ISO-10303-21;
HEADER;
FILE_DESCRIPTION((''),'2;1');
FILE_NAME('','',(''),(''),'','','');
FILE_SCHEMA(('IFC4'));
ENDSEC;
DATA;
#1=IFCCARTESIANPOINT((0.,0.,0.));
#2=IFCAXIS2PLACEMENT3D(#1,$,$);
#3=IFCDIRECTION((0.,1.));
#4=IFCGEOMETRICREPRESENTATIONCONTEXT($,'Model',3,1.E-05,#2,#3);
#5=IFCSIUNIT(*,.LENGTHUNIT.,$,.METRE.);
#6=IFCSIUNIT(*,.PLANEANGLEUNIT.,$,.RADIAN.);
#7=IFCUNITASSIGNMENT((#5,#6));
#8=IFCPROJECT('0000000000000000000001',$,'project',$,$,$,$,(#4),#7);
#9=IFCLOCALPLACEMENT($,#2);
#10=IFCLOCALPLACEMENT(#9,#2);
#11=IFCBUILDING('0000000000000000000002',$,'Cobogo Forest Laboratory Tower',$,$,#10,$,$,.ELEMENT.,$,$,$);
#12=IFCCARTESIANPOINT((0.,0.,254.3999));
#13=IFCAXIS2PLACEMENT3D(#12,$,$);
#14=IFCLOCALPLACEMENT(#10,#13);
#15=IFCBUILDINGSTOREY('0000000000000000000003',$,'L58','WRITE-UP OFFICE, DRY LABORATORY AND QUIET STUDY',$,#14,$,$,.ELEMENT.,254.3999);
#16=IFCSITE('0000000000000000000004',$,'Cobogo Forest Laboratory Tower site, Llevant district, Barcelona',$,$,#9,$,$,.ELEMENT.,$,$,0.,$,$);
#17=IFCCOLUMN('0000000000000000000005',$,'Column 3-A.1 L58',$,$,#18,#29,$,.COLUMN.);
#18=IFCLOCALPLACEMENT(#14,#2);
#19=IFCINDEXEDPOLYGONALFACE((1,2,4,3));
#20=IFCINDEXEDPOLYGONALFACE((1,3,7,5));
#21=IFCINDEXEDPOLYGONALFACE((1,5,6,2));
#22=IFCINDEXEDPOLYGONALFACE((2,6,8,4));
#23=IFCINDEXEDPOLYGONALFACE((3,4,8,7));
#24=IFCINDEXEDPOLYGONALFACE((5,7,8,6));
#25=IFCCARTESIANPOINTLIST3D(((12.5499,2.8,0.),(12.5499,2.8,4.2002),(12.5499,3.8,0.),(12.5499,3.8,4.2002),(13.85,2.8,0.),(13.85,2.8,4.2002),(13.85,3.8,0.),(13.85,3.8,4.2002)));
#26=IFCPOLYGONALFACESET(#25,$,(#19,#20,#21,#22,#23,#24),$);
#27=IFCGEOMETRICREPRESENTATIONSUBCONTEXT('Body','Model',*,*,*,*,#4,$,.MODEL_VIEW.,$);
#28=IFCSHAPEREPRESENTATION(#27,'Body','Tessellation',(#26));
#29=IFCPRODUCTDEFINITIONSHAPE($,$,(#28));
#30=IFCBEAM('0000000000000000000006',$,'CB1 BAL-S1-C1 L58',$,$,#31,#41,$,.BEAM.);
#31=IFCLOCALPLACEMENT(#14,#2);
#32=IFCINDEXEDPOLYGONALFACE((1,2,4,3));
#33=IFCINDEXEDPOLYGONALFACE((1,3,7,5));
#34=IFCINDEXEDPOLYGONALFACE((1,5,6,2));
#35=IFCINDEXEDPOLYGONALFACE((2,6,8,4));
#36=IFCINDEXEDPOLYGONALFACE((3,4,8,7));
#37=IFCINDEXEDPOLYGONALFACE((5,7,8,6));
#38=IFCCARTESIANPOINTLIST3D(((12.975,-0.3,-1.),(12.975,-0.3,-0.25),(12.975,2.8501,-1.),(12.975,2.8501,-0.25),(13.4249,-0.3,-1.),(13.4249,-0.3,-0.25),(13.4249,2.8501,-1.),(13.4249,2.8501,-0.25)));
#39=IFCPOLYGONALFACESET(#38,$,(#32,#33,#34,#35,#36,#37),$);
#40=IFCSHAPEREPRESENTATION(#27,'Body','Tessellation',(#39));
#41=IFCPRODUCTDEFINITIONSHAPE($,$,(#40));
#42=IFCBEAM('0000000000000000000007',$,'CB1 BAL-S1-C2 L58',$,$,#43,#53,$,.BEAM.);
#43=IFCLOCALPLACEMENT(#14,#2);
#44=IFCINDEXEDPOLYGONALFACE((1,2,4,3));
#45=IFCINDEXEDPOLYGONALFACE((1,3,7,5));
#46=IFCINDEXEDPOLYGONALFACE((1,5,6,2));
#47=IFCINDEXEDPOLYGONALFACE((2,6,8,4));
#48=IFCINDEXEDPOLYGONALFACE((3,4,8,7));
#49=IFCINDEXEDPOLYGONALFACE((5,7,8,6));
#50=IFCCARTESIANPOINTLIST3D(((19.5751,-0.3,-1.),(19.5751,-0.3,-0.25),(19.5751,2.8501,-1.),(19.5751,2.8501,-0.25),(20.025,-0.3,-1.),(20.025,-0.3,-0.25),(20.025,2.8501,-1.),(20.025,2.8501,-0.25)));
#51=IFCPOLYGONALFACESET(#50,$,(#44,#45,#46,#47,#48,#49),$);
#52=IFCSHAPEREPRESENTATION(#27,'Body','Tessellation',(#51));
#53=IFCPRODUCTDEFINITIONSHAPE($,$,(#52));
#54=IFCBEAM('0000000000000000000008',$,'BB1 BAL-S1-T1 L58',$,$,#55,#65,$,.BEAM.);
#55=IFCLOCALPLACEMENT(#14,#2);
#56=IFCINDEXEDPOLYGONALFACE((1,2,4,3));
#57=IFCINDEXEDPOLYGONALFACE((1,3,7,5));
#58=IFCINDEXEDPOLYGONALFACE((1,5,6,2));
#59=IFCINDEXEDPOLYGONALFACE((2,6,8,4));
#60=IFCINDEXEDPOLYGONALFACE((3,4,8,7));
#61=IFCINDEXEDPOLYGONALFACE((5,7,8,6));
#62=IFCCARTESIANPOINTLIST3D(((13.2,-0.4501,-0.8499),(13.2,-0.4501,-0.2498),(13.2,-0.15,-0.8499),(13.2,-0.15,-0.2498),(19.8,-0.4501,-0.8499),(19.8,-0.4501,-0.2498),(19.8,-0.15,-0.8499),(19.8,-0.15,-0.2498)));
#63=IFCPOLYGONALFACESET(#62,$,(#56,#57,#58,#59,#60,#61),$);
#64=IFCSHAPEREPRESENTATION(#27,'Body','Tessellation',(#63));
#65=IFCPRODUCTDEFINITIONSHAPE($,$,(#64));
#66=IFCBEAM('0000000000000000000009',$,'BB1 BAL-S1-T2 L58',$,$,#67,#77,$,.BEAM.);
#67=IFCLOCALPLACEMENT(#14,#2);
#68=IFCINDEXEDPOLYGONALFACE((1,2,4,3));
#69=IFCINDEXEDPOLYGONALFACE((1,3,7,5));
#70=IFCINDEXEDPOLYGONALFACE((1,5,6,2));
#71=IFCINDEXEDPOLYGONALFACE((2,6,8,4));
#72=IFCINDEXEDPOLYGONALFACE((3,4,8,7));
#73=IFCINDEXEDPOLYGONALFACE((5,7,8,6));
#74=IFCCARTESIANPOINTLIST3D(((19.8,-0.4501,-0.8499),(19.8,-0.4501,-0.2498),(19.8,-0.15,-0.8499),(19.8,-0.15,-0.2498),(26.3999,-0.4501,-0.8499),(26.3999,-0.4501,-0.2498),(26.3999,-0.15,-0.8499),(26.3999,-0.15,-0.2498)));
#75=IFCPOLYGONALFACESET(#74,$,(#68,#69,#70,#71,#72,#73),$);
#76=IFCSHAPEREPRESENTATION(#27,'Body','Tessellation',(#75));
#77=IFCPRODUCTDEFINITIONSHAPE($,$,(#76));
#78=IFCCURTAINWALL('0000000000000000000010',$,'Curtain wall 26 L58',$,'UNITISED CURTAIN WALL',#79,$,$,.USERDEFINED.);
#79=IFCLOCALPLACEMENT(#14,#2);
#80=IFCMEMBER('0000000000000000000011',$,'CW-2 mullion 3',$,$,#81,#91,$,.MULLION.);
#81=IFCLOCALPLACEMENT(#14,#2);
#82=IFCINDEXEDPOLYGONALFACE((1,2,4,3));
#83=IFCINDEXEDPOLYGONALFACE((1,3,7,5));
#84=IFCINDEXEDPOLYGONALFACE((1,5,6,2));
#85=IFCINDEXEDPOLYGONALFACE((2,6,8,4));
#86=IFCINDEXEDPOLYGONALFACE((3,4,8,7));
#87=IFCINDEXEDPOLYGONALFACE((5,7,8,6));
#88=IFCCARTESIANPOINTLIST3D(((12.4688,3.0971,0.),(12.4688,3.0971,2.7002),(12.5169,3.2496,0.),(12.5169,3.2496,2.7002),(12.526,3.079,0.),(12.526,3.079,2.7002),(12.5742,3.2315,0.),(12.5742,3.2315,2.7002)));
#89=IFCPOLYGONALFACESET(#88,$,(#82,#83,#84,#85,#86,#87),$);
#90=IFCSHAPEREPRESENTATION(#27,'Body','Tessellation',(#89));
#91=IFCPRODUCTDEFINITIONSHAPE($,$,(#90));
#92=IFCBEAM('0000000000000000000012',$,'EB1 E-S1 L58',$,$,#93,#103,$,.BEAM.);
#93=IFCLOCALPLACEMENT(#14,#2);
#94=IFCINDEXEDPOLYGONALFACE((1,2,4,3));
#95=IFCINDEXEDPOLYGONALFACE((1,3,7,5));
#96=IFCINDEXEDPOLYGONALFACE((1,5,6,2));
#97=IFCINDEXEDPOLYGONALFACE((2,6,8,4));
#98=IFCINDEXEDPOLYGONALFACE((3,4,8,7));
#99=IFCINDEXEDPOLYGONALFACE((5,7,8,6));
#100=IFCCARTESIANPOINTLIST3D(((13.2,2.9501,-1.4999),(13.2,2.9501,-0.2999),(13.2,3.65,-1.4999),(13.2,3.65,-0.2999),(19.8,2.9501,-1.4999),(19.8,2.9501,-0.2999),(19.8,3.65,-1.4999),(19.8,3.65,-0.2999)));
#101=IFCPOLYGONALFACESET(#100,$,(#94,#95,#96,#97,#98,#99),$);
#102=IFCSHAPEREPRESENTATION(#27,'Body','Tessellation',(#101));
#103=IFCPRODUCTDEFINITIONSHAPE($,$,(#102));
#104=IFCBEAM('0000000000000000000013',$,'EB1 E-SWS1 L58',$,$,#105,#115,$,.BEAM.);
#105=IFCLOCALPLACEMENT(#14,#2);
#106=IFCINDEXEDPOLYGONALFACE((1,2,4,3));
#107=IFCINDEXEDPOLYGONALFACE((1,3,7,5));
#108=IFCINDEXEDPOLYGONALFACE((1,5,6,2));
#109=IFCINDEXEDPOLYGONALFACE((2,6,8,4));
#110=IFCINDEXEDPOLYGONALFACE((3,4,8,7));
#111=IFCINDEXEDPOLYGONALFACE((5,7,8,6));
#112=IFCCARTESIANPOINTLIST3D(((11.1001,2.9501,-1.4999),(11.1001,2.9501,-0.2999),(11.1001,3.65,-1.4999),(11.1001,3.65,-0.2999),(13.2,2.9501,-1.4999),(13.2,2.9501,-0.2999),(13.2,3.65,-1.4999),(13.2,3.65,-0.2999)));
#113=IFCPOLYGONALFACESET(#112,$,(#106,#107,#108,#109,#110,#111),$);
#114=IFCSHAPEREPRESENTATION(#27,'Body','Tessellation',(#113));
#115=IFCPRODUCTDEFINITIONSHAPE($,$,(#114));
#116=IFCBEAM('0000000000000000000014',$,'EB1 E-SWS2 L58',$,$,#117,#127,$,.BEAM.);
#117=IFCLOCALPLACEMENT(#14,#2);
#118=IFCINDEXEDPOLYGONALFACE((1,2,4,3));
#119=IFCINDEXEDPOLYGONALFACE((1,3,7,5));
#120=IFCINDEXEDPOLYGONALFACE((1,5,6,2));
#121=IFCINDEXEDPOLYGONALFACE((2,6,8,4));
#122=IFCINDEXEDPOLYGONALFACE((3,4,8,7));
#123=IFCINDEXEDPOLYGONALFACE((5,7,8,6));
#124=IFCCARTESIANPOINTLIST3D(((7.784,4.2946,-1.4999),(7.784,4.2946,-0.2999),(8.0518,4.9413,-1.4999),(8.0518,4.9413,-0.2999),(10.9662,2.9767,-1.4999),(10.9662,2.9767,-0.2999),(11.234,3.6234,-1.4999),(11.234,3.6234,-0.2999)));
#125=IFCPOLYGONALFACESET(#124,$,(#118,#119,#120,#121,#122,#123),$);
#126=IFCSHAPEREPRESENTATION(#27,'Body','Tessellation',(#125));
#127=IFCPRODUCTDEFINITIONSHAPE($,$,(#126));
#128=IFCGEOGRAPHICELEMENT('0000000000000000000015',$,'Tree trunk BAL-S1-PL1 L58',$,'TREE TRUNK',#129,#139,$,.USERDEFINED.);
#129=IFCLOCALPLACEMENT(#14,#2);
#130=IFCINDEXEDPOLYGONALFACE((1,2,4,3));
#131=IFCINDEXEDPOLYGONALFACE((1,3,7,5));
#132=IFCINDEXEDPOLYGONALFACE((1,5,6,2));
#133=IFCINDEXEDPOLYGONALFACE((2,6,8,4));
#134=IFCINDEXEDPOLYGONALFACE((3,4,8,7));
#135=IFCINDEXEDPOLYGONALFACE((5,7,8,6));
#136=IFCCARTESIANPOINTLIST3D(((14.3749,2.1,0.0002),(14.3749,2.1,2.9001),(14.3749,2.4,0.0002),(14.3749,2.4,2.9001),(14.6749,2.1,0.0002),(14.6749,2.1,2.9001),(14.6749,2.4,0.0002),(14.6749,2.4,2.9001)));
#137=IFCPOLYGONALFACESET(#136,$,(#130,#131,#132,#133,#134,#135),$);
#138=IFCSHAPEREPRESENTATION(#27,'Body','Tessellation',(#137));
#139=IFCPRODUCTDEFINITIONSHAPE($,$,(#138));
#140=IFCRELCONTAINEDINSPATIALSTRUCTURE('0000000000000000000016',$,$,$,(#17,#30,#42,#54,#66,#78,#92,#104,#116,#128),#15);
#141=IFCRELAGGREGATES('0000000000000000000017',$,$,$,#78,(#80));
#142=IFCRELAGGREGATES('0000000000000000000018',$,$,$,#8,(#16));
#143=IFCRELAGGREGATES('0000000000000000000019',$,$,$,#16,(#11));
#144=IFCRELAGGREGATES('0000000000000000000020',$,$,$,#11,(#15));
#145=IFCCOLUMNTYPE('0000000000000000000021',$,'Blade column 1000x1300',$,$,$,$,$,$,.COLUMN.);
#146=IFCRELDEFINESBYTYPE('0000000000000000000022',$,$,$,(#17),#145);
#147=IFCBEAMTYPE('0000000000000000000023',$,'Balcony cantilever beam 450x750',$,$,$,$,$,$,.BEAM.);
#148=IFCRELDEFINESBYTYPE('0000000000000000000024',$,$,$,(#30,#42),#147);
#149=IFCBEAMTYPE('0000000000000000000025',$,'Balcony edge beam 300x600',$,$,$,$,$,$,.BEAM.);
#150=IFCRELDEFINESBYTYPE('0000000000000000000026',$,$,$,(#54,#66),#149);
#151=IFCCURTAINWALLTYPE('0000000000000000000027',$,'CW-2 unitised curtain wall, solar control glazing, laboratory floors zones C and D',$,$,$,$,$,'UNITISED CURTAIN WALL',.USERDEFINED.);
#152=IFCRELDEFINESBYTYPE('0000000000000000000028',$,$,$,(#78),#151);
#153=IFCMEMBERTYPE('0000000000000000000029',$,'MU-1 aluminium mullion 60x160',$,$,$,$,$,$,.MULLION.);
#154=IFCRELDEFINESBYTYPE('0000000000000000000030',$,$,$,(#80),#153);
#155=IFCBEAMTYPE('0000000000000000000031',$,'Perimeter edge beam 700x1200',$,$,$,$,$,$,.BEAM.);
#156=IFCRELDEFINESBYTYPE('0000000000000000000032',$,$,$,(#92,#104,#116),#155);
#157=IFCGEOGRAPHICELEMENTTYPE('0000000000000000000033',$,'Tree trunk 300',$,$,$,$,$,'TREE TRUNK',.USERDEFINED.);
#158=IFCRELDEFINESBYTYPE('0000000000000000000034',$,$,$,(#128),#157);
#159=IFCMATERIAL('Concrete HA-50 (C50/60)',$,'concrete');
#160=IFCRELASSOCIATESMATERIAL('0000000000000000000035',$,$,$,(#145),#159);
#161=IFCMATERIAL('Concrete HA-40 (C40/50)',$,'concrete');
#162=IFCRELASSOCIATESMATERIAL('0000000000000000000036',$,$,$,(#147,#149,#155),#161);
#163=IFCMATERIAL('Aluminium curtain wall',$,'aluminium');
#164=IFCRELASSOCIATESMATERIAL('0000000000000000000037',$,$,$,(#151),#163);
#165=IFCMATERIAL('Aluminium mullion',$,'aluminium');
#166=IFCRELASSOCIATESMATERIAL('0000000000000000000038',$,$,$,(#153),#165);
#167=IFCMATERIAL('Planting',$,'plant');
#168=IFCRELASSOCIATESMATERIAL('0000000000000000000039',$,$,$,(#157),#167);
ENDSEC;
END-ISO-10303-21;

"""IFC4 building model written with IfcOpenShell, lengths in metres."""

from ifc_helpers import new_model, si_unit, direction, frame, origin, origin_2d, place, context, subcontext, project, spatial, rectangle, extrude, material, material_profile, profile_set, type_object, element, aggregate, save


model = new_model("IFC4")

# Units and contexts
model_context = context("Model", 3, precision=1e-05, world=origin(), true_north=direction((0.0, 1.0)))
body_context = subcontext(model_context, "Body", "Model", "MODEL_VIEW")
ifc_project = project(units=[si_unit("LENGTHUNIT", "METRE"), si_unit("PLANEANGLEUNIT", "RADIAN")], contexts=[model_context])

# Site, building, storey
site_placement = place(None, origin())
site = spatial("IfcSite", under=ifc_project, at=site_placement, Name="Cobogo Forest Laboratory Tower site, Llevant district, Barcelona", CompositionType="ELEMENT", RefElevation=0.0)
building_placement = place(site_placement, origin())
building = spatial("IfcBuilding", under=site, at=building_placement, Name="Cobogo Forest Laboratory Tower", CompositionType="ELEMENT")
storey_placement = place(building_placement, frame((0.0, 0.0, 254.3999)))
storey = spatial("IfcBuildingStorey", under=building, at=storey_placement, Name="L58", Description="WRITE-UP OFFICE, DRY LABORATORY AND QUIET STUDY", CompositionType="ELEMENT", Elevation=254.3999)

# Column
ifc_material_1 = material(Name="Concrete HA-50 (C50/60)", Category="concrete")
ifc_material_profile_1 = material_profile(ifc_material_1, rectangle(XDim=1.3, YDim=1.0, at=origin_2d()), Name="RC 1000x1300")
ifc_profile_set_1 = profile_set([ifc_material_profile_1], Name="Concrete HA-50 (C50/60)")
column_type = type_object("IfcColumnType", Name="Blade column 1000x1300", PredefinedType="COLUMN", material=ifc_profile_set_1)
column_placement = place(storey_placement, frame((13.2, 3.3, 0.0), z_axis=(0.0, 0.0, 1.0), x_axis=(1.0, 0.0, 0.0)))
element("IfcColumn", 1, at=column_placement, inside=storey, type_object=column_type, Name="Column 3-A.1 L58", PredefinedType="COLUMN", context=body_context, shape_type="SweptSolid", body=[
    extrude(rectangle(XDim=1.3, YDim=1.0, at=origin_2d()), origin(), (0.0, 0.0, 1.0), 4.2002),
])

# Beams
ifc_material_2 = material(Name="Concrete HA-40 (C40/50)", Category="concrete")
ifc_material_profile_2 = material_profile(ifc_material_2, rectangle(XDim=0.45, YDim=0.75, at=origin_2d()), Name="RC 450x750")
ifc_profile_set_2 = profile_set([ifc_material_profile_2], Name="Concrete HA-40 (C40/50)")
beam_type_1 = type_object("IfcBeamType", Name="Balcony cantilever beam 450x750", PredefinedType="BEAM", material=ifc_profile_set_2)
for number, where, z_axis, x_axis, name in (
    (2, (13.2, 2.8501, -0.625), (0.0, -1.0, 0.0), (1.0, 0.0, 0.0), "CB1 BAL-S1-C1 L58"),
    (3, (19.8, 2.8501, -0.625), (0.0, -1.0, 0.0), (1.0, 0.0, 0.0), "CB1 BAL-S1-C2 L58"),
):
    element("IfcBeam", number, at=place(storey_placement, frame(where, z_axis=z_axis, x_axis=x_axis)), inside=storey, type_object=beam_type_1, Name=name, PredefinedType="BEAM", context=body_context, shape_type="SweptSolid", body=[
        extrude(rectangle(XDim=0.45, YDim=0.75, at=origin_2d()), origin(), (0.0, 0.0, 1.0), 3.1501),
    ])
ifc_material_profile_3 = material_profile(ifc_material_2, rectangle(XDim=0.3, YDim=0.6001, at=origin_2d()), Name="RC 300x600")
ifc_profile_set_3 = profile_set([ifc_material_profile_3], Name="Concrete HA-40 (C40/50)")
beam_type_2 = type_object("IfcBeamType", Name="Balcony edge beam 300x600", PredefinedType="BEAM", material=ifc_profile_set_3)
beam_1_placement = place(storey_placement, frame((13.2, -0.3, -0.5498), z_axis=(1.0, 0.0, 0.0), x_axis=(0.0, 1.0, 0.0)))
element("IfcBeam", 4, at=beam_1_placement, inside=storey, type_object=beam_type_2, Name="BB1 BAL-S1-T1 L58", PredefinedType="BEAM", context=body_context, shape_type="SweptSolid", body=[
    extrude(rectangle(XDim=0.3, YDim=0.6001, at=origin_2d()), origin(), (0.0, 0.0, 1.0), 6.6001),
])
beam_2_placement = place(storey_placement, frame((19.8, -0.3, -0.5498), z_axis=(1.0, 0.0, 0.0), x_axis=(0.0, 1.0, 0.0)))
element("IfcBeam", 5, at=beam_2_placement, inside=storey, type_object=beam_type_2, Name="BB1 BAL-S1-T2 L58", PredefinedType="BEAM", context=body_context, shape_type="SweptSolid", body=[
    extrude(rectangle(XDim=0.3, YDim=0.6001, at=origin_2d()), origin(), (0.0, 0.0, 1.0), 6.5999),
])

# Curtain wall, member
ifc_material_3 = material(Name="Aluminium curtain wall", Category="aluminium")
curtain_wall_type = type_object("IfcCurtainWallType", Name="CW-2 unitised curtain wall, solar control glazing, laboratory floors zones C and D", ElementType="UNITISED CURTAIN WALL", PredefinedType="USERDEFINED", material=ifc_material_3)
curtain_wall_placement = place(storey_placement, origin())
curtain_wall = element("IfcCurtainWall", 6, at=curtain_wall_placement, inside=storey, type_object=curtain_wall_type, Name="Curtain wall 26 L58", ObjectType="UNITISED CURTAIN WALL", PredefinedType="USERDEFINED")
ifc_material_4 = material(Name="Aluminium mullion", Category="aluminium")
ifc_material_profile_4 = material_profile(ifc_material_4, rectangle(XDim=0.0601, YDim=0.1599, at=origin_2d()), Name="AL 60x160")
ifc_profile_set_4 = profile_set([ifc_material_profile_4], Name="Aluminium mullion")
member_type = type_object("IfcMemberType", Name="MU-1 aluminium mullion 60x160", PredefinedType="MULLION", material=ifc_profile_set_4)
member_placement = place(storey_placement, frame((12.5215, 3.1643, 0.0), z_axis=(0.0, 0.0, 1.0), x_axis=(0.953581, -0.301135, 0.0)))
member = element("IfcMember", 7, at=member_placement, type_object=member_type, Name="CW-2 mullion 3", PredefinedType="MULLION", context=body_context, shape_type="SweptSolid", body=[
    extrude(rectangle(XDim=0.0601, YDim=0.1599, at=origin_2d()), origin(), (0.0, 0.0, 1.0), 2.7002),
])
aggregate(curtain_wall, [member])

# Beams
ifc_material_profile_5 = material_profile(ifc_material_2, rectangle(XDim=0.7, YDim=1.2, at=origin_2d()), Name="RC 700x1200")
ifc_profile_set_5 = profile_set([ifc_material_profile_5], Name="Concrete HA-40 (C40/50)")
beam_type_3 = type_object("IfcBeamType", Name="Perimeter edge beam 700x1200", PredefinedType="BEAM", material=ifc_profile_set_5)
beam_3_placement = place(storey_placement, frame((13.2, 3.3, -0.8999), z_axis=(1.0, 0.0, 0.0), x_axis=(0.0, 1.0, 0.0)))
element("IfcBeam", 8, at=beam_3_placement, inside=storey, type_object=beam_type_3, Name="EB1 E-S1 L58", PredefinedType="BEAM", context=body_context, shape_type="SweptSolid", body=[
    extrude(rectangle(XDim=0.7, YDim=1.2, at=origin_2d()), origin(), (0.0, 0.0, 1.0), 6.6001),
])
beam_4_placement = place(storey_placement, frame((13.2, 3.3, -0.8999), z_axis=(-1.0, 0.0, 0.0), x_axis=(0.0, -1.0, 0.0)))
element("IfcBeam", 9, at=beam_4_placement, inside=storey, type_object=beam_type_3, Name="EB1 E-SWS1 L58", PredefinedType="BEAM", context=body_context, shape_type="SweptSolid", body=[
    extrude(rectangle(XDim=0.7, YDim=1.2, at=origin_2d()), origin(), (0.0, 0.0, 1.0), 2.0999),
])
beam_5_placement = place(storey_placement, frame((11.1001, 3.3, -0.8999), z_axis=(-0.923901, 0.382631, 0.0), x_axis=(-0.382631, -0.923901, 0.0)))
element("IfcBeam", 10, at=beam_5_placement, inside=storey, type_object=beam_type_3, Name="EB1 E-SWS2 L58", PredefinedType="BEAM", context=body_context, shape_type="SweptSolid", body=[
    extrude(rectangle(XDim=0.7, YDim=1.2, at=origin_2d()), origin(), (0.0, 0.0, 1.0), 3.4443),
])

# Geographic element
ifc_material_5 = material(Name="Planting", Category="plant")
geographic_element_type = type_object("IfcGeographicElementType", Name="Tree trunk 300", ElementType="TREE TRUNK", PredefinedType="USERDEFINED", material=ifc_material_5)
geographic_element_placement = place(storey_placement, frame((14.5249, 2.25, 0.0002), z_axis=(0.0, 0.0, 1.0), x_axis=(1.0, 0.0, 0.0)))
element("IfcGeographicElement", 11, at=geographic_element_placement, inside=storey, type_object=geographic_element_type, Name="Tree trunk BAL-S1-PL1 L58", ObjectType="TREE TRUNK", PredefinedType="USERDEFINED", context=body_context, shape_type="SweptSolid", body=[
    extrude(rectangle(XDim=0.3, YDim=0.3, at=origin_2d()), origin(), (0.0, 0.0, 1.0), 2.8999),
])

save(model, "model.ifc")
